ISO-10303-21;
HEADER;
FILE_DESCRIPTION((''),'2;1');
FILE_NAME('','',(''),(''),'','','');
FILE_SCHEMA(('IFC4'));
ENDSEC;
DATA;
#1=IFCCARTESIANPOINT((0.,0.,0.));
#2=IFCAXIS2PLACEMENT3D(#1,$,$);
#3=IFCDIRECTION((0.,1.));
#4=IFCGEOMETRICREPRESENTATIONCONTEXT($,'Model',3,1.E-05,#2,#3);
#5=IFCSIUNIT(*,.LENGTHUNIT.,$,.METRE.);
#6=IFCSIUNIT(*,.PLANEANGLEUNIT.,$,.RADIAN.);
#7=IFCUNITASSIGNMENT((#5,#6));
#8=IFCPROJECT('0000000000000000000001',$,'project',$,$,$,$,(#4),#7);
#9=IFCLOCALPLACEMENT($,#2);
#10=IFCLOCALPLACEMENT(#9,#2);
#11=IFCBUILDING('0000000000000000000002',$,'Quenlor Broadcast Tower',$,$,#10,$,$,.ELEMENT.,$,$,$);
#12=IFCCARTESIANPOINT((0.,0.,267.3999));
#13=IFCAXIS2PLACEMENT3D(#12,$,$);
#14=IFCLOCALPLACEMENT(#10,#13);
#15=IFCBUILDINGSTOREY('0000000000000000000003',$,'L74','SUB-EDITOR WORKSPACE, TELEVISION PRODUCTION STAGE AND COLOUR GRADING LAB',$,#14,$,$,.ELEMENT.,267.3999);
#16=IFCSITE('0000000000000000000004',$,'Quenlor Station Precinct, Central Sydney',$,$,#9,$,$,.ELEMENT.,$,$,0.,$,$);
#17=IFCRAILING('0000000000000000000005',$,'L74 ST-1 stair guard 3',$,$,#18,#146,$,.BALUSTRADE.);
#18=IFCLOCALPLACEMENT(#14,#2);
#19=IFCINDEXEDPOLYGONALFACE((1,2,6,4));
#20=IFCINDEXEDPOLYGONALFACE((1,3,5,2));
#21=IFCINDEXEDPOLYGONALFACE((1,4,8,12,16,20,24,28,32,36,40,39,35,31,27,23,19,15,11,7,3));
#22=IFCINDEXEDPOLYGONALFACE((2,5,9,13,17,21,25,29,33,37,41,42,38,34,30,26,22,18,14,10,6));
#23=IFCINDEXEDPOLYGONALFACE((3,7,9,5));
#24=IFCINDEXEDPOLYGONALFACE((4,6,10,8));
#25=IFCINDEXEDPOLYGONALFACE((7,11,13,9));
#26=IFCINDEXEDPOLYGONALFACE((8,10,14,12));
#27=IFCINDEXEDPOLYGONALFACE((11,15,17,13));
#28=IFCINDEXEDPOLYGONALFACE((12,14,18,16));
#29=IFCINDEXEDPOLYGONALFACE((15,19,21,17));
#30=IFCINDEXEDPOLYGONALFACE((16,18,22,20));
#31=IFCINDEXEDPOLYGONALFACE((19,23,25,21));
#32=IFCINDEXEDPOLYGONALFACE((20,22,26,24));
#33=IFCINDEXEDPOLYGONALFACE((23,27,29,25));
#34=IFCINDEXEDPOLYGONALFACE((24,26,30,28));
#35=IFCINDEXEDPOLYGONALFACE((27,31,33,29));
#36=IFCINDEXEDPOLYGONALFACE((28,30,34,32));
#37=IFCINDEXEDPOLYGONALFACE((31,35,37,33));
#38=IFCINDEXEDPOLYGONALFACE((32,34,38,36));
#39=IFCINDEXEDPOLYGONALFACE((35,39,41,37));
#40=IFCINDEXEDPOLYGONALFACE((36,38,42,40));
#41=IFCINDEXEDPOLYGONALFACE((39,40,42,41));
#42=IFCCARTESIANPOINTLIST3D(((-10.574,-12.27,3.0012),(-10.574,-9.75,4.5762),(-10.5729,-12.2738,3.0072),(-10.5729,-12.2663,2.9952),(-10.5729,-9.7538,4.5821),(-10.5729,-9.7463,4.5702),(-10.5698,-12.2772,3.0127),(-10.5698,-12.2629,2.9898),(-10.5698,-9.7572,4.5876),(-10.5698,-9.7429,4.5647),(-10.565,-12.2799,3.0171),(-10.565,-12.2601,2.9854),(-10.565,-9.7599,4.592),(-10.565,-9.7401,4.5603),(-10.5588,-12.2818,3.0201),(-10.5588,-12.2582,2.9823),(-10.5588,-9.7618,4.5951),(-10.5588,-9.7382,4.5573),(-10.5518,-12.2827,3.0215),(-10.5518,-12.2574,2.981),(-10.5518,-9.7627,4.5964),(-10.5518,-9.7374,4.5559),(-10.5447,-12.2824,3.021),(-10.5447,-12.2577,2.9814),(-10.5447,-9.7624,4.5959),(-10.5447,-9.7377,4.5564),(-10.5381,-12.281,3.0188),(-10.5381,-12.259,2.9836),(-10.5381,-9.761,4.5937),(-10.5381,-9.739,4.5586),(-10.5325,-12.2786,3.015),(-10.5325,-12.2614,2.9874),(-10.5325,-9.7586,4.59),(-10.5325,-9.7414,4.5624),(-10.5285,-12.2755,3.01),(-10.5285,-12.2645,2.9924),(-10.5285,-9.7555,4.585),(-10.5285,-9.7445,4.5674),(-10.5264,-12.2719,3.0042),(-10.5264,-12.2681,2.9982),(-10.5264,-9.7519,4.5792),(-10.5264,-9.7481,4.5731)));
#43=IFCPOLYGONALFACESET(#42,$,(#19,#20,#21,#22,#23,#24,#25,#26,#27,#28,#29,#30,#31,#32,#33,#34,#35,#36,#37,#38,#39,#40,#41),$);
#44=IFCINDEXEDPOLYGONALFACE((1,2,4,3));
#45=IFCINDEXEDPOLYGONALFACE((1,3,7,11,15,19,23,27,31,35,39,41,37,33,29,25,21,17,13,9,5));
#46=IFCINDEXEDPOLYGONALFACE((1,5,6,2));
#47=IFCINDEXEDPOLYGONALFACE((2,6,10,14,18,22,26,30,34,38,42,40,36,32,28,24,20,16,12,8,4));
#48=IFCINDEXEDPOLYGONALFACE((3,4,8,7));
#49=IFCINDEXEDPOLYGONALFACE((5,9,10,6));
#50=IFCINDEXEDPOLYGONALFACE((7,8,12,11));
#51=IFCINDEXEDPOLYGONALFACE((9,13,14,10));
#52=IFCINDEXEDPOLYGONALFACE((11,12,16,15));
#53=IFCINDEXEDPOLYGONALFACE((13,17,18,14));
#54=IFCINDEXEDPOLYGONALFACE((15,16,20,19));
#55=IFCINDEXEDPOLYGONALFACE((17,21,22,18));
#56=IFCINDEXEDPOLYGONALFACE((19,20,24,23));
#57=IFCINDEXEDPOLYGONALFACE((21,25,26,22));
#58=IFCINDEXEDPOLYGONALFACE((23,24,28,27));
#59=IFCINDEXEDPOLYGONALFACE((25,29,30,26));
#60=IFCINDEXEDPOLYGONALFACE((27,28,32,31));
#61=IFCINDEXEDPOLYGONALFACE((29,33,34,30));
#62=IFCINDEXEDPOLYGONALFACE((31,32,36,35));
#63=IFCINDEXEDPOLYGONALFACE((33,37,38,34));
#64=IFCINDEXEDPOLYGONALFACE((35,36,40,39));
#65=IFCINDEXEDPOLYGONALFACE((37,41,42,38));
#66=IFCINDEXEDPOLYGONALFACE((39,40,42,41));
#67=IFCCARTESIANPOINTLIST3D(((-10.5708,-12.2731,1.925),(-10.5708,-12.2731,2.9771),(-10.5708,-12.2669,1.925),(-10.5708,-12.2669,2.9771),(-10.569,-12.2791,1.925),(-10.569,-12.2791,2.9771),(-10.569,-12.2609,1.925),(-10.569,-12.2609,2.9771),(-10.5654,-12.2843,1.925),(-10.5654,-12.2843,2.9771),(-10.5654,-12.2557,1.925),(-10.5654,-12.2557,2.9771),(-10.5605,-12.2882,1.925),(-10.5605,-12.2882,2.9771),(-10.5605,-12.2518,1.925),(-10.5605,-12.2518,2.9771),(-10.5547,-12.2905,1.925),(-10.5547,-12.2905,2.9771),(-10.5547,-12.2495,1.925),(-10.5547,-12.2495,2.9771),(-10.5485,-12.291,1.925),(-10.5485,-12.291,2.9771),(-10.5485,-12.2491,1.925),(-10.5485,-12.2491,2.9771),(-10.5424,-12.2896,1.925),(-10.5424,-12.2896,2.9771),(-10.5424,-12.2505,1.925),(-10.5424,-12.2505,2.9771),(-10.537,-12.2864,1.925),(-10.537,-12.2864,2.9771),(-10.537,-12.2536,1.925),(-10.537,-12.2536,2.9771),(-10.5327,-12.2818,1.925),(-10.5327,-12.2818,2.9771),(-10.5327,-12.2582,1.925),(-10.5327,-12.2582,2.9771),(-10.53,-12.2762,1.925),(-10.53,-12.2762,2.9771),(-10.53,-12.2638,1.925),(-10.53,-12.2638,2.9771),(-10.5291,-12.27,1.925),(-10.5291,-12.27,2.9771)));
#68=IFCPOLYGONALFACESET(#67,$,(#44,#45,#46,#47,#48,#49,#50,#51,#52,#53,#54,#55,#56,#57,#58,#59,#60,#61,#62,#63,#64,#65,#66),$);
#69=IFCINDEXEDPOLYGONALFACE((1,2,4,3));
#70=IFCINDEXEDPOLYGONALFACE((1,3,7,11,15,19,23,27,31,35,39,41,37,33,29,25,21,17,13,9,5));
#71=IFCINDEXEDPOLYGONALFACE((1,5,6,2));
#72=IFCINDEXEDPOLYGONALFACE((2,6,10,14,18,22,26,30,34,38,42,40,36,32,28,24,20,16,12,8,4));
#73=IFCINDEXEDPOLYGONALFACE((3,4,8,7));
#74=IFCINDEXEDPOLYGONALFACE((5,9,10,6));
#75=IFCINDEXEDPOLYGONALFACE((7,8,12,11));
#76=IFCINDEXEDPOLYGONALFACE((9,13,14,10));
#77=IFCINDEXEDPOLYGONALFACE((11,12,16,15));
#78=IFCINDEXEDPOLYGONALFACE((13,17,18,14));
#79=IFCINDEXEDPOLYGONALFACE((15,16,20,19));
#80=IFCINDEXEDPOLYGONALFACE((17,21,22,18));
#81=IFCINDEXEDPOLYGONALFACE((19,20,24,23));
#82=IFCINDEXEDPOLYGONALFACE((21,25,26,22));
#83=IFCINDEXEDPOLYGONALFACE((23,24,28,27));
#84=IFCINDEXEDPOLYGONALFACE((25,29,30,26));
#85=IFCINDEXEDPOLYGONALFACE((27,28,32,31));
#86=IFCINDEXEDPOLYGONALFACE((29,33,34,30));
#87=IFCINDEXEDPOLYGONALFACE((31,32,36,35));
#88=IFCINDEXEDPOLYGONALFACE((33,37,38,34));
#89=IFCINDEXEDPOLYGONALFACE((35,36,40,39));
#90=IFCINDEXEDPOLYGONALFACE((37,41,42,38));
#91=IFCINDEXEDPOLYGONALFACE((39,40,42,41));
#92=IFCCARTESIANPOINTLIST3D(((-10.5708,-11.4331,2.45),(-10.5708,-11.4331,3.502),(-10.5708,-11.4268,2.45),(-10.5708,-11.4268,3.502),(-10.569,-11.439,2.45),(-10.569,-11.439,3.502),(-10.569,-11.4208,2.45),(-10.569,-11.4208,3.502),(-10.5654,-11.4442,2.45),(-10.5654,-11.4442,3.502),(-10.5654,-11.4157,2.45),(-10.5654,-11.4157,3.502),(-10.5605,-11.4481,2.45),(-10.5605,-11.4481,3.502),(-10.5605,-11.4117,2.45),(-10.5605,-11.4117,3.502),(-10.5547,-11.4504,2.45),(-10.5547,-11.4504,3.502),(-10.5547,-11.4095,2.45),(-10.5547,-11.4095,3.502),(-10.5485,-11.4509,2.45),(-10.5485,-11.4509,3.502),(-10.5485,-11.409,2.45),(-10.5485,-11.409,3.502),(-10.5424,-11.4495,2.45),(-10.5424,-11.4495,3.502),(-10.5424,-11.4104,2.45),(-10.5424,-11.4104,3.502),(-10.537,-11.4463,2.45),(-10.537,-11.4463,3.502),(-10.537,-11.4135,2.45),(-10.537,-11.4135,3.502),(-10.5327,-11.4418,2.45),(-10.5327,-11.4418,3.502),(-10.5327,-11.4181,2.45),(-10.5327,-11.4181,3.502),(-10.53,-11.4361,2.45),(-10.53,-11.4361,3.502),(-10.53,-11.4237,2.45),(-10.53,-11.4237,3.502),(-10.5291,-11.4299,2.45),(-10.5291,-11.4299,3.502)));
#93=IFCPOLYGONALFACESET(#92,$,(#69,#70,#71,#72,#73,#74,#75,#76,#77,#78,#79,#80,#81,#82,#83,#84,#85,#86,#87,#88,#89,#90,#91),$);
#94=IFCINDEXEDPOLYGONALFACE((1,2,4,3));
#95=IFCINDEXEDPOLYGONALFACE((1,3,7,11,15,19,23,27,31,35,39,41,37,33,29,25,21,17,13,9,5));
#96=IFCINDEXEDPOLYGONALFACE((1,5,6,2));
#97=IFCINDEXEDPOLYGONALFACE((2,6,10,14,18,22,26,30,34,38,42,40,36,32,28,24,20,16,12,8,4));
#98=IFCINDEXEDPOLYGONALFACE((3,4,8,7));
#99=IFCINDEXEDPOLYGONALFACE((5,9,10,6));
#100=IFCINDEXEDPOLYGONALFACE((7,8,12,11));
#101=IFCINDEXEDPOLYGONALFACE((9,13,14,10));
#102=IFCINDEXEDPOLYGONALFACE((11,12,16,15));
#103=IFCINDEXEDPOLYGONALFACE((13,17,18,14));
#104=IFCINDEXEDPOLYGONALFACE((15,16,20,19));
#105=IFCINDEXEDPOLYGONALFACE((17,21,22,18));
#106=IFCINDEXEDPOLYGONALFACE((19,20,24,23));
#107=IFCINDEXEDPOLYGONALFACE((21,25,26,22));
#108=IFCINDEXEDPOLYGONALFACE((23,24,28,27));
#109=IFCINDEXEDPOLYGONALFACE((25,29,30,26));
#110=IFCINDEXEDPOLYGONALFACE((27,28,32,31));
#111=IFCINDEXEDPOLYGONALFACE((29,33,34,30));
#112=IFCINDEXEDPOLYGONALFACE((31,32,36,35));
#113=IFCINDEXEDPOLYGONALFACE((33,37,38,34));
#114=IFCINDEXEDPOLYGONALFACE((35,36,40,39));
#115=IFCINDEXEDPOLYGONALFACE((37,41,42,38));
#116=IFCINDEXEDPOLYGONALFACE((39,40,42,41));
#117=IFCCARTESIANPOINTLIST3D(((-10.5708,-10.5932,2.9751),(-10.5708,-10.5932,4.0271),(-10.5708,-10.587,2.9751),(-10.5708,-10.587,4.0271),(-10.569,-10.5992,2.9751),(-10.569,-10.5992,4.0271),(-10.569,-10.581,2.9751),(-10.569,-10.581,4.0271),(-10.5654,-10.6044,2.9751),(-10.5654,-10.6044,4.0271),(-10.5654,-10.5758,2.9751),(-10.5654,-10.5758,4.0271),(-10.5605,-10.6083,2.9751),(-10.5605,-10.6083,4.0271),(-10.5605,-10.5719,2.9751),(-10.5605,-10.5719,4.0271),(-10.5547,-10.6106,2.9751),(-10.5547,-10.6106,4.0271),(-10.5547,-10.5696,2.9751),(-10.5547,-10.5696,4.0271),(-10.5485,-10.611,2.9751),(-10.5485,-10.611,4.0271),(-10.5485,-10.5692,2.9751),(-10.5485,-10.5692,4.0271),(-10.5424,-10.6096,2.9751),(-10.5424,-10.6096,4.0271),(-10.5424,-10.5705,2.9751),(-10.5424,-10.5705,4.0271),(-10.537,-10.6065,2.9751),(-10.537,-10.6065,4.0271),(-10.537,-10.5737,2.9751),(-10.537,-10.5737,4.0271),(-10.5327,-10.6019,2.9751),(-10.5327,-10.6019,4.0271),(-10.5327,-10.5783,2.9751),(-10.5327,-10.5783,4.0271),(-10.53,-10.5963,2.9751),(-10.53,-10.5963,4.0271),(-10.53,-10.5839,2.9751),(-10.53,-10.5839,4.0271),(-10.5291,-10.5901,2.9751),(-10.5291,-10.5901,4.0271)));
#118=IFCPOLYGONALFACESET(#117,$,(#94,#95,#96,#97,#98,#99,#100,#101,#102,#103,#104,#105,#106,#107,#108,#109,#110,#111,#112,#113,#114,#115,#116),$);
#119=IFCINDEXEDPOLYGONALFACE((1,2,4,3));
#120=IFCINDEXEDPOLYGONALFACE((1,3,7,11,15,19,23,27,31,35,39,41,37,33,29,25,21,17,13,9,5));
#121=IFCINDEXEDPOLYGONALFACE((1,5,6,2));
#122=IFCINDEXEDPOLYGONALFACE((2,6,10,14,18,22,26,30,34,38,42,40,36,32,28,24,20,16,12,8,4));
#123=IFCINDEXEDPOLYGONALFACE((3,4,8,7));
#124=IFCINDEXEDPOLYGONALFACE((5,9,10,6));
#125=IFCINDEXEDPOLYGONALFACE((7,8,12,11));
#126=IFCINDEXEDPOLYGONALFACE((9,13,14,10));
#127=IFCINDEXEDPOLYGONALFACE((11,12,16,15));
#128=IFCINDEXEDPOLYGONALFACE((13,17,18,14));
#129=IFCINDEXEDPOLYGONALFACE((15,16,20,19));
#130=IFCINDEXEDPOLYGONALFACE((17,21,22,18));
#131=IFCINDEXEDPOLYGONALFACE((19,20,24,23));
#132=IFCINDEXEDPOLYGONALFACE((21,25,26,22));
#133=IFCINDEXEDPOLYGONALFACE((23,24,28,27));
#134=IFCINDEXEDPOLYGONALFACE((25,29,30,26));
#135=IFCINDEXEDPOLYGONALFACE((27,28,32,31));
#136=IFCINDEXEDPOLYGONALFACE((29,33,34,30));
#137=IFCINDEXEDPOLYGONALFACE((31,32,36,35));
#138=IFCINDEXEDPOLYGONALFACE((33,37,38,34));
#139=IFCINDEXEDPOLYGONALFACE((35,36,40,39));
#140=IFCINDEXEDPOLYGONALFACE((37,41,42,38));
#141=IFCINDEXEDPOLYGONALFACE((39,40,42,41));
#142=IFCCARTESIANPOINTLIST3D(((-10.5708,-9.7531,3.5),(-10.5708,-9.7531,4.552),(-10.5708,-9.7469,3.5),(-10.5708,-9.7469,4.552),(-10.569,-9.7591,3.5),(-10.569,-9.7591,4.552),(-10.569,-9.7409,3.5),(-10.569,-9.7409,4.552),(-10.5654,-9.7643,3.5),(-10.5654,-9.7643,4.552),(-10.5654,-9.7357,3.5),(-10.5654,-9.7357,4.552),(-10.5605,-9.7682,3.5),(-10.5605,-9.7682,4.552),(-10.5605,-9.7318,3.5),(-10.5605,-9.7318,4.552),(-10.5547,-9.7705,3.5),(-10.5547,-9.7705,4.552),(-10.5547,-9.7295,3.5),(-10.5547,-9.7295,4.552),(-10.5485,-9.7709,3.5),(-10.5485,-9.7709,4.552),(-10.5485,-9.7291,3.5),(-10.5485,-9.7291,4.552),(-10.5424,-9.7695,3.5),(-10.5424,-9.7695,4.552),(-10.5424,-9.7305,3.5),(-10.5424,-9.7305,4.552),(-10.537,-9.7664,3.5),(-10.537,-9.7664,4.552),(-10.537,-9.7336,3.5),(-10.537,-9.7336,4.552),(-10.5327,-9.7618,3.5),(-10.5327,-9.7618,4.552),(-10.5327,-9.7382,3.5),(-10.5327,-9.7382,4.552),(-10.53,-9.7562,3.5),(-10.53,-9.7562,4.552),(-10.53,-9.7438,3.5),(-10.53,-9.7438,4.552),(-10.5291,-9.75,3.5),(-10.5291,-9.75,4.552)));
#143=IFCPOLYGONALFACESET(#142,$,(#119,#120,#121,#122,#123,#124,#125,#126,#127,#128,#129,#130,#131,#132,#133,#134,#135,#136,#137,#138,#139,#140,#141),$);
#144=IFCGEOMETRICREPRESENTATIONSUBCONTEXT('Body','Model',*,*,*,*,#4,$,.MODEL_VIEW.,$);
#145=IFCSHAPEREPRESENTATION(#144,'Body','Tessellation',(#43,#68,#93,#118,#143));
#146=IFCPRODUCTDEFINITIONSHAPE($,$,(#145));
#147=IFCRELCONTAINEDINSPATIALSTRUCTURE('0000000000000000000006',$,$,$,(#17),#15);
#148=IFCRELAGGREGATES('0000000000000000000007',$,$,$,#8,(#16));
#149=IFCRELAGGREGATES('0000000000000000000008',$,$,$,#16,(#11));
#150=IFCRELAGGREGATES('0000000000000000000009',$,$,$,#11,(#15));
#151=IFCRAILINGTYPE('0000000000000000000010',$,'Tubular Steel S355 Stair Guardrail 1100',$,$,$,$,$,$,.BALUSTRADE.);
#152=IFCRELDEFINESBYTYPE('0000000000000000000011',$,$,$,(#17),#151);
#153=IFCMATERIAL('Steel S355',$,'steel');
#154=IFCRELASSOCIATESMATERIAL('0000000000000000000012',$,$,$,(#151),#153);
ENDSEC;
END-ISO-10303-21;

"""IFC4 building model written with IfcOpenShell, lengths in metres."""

from ifc_helpers import new_model, si_unit, direction, frame, origin, origin_2d, place, context, subcontext, project, spatial, circle, extrude, material, type_object, element, save


model = new_model("IFC4")

# Units and contexts
model_context = context("Model", 3, precision=1e-05, world=origin(), true_north=direction((0.0, 1.0)))
body_context = subcontext(model_context, "Body", "Model", "MODEL_VIEW")
ifc_project = project(units=[si_unit("LENGTHUNIT", "METRE"), si_unit("PLANEANGLEUNIT", "RADIAN")], contexts=[model_context])

# Site, building, storey
site_placement = place(None, origin())
site = spatial("IfcSite", under=ifc_project, at=site_placement, Name="Quenlor Station Precinct, Central Sydney", CompositionType="ELEMENT", RefElevation=0.0)
building_placement = place(site_placement, origin())
building = spatial("IfcBuilding", under=site, at=building_placement, Name="Quenlor Broadcast Tower", CompositionType="ELEMENT")
storey_placement = place(building_placement, frame((0.0, 0.0, 267.3999)))
storey = spatial("IfcBuildingStorey", under=building, at=storey_placement, Name="L74", Description="SUB-EDITOR WORKSPACE, TELEVISION PRODUCTION STAGE AND COLOUR GRADING LAB", CompositionType="ELEMENT", Elevation=267.3999)

# Railing
ifc_material_1 = material(Name="Steel S355", Category="steel")
railing_type_1 = type_object("IfcRailingType", Name="Tubular Steel S355 Stair Guardrail 1100", PredefinedType="BALUSTRADE", material=ifc_material_1)
railing_1_placement = place(storey_placement, frame((-10.55, -12.27, 1.925)))
element("IfcRailing", 1, at=railing_1_placement, inside=storey, type_object=railing_type_1, Name="L74 ST-1 stair guard 3", PredefinedType="BALUSTRADE", context=body_context, shape_type="SweptSolid", body=[
    extrude(circle(Radius=0.0239, at=origin_2d()), frame((0.0, 0.0, 1.0762), z_axis=(0.0, 0.848008, 0.529984), x_axis=(-1.0, 0.0, 0.0)), (0.0, 0.0, 1.0), 2.9717),
    extrude(circle(Radius=0.021, at=origin_2d()), origin(), (0.0, 0.0, 1.0), 1.052),
    extrude(circle(Radius=0.021, at=origin_2d()), frame((0.0, 0.8401, 0.5249)), (0.0, 0.0, 1.0), 1.052),
    extrude(circle(Radius=0.021, at=origin_2d()), frame((0.0, 1.6799, 1.05)), (0.0, 0.0, 1.0), 1.052),
    extrude(circle(Radius=0.021, at=origin_2d()), frame((0.0, 2.52, 1.575)), (0.0, 0.0, 1.0), 1.052),
])

save(model, "model.ifc")
